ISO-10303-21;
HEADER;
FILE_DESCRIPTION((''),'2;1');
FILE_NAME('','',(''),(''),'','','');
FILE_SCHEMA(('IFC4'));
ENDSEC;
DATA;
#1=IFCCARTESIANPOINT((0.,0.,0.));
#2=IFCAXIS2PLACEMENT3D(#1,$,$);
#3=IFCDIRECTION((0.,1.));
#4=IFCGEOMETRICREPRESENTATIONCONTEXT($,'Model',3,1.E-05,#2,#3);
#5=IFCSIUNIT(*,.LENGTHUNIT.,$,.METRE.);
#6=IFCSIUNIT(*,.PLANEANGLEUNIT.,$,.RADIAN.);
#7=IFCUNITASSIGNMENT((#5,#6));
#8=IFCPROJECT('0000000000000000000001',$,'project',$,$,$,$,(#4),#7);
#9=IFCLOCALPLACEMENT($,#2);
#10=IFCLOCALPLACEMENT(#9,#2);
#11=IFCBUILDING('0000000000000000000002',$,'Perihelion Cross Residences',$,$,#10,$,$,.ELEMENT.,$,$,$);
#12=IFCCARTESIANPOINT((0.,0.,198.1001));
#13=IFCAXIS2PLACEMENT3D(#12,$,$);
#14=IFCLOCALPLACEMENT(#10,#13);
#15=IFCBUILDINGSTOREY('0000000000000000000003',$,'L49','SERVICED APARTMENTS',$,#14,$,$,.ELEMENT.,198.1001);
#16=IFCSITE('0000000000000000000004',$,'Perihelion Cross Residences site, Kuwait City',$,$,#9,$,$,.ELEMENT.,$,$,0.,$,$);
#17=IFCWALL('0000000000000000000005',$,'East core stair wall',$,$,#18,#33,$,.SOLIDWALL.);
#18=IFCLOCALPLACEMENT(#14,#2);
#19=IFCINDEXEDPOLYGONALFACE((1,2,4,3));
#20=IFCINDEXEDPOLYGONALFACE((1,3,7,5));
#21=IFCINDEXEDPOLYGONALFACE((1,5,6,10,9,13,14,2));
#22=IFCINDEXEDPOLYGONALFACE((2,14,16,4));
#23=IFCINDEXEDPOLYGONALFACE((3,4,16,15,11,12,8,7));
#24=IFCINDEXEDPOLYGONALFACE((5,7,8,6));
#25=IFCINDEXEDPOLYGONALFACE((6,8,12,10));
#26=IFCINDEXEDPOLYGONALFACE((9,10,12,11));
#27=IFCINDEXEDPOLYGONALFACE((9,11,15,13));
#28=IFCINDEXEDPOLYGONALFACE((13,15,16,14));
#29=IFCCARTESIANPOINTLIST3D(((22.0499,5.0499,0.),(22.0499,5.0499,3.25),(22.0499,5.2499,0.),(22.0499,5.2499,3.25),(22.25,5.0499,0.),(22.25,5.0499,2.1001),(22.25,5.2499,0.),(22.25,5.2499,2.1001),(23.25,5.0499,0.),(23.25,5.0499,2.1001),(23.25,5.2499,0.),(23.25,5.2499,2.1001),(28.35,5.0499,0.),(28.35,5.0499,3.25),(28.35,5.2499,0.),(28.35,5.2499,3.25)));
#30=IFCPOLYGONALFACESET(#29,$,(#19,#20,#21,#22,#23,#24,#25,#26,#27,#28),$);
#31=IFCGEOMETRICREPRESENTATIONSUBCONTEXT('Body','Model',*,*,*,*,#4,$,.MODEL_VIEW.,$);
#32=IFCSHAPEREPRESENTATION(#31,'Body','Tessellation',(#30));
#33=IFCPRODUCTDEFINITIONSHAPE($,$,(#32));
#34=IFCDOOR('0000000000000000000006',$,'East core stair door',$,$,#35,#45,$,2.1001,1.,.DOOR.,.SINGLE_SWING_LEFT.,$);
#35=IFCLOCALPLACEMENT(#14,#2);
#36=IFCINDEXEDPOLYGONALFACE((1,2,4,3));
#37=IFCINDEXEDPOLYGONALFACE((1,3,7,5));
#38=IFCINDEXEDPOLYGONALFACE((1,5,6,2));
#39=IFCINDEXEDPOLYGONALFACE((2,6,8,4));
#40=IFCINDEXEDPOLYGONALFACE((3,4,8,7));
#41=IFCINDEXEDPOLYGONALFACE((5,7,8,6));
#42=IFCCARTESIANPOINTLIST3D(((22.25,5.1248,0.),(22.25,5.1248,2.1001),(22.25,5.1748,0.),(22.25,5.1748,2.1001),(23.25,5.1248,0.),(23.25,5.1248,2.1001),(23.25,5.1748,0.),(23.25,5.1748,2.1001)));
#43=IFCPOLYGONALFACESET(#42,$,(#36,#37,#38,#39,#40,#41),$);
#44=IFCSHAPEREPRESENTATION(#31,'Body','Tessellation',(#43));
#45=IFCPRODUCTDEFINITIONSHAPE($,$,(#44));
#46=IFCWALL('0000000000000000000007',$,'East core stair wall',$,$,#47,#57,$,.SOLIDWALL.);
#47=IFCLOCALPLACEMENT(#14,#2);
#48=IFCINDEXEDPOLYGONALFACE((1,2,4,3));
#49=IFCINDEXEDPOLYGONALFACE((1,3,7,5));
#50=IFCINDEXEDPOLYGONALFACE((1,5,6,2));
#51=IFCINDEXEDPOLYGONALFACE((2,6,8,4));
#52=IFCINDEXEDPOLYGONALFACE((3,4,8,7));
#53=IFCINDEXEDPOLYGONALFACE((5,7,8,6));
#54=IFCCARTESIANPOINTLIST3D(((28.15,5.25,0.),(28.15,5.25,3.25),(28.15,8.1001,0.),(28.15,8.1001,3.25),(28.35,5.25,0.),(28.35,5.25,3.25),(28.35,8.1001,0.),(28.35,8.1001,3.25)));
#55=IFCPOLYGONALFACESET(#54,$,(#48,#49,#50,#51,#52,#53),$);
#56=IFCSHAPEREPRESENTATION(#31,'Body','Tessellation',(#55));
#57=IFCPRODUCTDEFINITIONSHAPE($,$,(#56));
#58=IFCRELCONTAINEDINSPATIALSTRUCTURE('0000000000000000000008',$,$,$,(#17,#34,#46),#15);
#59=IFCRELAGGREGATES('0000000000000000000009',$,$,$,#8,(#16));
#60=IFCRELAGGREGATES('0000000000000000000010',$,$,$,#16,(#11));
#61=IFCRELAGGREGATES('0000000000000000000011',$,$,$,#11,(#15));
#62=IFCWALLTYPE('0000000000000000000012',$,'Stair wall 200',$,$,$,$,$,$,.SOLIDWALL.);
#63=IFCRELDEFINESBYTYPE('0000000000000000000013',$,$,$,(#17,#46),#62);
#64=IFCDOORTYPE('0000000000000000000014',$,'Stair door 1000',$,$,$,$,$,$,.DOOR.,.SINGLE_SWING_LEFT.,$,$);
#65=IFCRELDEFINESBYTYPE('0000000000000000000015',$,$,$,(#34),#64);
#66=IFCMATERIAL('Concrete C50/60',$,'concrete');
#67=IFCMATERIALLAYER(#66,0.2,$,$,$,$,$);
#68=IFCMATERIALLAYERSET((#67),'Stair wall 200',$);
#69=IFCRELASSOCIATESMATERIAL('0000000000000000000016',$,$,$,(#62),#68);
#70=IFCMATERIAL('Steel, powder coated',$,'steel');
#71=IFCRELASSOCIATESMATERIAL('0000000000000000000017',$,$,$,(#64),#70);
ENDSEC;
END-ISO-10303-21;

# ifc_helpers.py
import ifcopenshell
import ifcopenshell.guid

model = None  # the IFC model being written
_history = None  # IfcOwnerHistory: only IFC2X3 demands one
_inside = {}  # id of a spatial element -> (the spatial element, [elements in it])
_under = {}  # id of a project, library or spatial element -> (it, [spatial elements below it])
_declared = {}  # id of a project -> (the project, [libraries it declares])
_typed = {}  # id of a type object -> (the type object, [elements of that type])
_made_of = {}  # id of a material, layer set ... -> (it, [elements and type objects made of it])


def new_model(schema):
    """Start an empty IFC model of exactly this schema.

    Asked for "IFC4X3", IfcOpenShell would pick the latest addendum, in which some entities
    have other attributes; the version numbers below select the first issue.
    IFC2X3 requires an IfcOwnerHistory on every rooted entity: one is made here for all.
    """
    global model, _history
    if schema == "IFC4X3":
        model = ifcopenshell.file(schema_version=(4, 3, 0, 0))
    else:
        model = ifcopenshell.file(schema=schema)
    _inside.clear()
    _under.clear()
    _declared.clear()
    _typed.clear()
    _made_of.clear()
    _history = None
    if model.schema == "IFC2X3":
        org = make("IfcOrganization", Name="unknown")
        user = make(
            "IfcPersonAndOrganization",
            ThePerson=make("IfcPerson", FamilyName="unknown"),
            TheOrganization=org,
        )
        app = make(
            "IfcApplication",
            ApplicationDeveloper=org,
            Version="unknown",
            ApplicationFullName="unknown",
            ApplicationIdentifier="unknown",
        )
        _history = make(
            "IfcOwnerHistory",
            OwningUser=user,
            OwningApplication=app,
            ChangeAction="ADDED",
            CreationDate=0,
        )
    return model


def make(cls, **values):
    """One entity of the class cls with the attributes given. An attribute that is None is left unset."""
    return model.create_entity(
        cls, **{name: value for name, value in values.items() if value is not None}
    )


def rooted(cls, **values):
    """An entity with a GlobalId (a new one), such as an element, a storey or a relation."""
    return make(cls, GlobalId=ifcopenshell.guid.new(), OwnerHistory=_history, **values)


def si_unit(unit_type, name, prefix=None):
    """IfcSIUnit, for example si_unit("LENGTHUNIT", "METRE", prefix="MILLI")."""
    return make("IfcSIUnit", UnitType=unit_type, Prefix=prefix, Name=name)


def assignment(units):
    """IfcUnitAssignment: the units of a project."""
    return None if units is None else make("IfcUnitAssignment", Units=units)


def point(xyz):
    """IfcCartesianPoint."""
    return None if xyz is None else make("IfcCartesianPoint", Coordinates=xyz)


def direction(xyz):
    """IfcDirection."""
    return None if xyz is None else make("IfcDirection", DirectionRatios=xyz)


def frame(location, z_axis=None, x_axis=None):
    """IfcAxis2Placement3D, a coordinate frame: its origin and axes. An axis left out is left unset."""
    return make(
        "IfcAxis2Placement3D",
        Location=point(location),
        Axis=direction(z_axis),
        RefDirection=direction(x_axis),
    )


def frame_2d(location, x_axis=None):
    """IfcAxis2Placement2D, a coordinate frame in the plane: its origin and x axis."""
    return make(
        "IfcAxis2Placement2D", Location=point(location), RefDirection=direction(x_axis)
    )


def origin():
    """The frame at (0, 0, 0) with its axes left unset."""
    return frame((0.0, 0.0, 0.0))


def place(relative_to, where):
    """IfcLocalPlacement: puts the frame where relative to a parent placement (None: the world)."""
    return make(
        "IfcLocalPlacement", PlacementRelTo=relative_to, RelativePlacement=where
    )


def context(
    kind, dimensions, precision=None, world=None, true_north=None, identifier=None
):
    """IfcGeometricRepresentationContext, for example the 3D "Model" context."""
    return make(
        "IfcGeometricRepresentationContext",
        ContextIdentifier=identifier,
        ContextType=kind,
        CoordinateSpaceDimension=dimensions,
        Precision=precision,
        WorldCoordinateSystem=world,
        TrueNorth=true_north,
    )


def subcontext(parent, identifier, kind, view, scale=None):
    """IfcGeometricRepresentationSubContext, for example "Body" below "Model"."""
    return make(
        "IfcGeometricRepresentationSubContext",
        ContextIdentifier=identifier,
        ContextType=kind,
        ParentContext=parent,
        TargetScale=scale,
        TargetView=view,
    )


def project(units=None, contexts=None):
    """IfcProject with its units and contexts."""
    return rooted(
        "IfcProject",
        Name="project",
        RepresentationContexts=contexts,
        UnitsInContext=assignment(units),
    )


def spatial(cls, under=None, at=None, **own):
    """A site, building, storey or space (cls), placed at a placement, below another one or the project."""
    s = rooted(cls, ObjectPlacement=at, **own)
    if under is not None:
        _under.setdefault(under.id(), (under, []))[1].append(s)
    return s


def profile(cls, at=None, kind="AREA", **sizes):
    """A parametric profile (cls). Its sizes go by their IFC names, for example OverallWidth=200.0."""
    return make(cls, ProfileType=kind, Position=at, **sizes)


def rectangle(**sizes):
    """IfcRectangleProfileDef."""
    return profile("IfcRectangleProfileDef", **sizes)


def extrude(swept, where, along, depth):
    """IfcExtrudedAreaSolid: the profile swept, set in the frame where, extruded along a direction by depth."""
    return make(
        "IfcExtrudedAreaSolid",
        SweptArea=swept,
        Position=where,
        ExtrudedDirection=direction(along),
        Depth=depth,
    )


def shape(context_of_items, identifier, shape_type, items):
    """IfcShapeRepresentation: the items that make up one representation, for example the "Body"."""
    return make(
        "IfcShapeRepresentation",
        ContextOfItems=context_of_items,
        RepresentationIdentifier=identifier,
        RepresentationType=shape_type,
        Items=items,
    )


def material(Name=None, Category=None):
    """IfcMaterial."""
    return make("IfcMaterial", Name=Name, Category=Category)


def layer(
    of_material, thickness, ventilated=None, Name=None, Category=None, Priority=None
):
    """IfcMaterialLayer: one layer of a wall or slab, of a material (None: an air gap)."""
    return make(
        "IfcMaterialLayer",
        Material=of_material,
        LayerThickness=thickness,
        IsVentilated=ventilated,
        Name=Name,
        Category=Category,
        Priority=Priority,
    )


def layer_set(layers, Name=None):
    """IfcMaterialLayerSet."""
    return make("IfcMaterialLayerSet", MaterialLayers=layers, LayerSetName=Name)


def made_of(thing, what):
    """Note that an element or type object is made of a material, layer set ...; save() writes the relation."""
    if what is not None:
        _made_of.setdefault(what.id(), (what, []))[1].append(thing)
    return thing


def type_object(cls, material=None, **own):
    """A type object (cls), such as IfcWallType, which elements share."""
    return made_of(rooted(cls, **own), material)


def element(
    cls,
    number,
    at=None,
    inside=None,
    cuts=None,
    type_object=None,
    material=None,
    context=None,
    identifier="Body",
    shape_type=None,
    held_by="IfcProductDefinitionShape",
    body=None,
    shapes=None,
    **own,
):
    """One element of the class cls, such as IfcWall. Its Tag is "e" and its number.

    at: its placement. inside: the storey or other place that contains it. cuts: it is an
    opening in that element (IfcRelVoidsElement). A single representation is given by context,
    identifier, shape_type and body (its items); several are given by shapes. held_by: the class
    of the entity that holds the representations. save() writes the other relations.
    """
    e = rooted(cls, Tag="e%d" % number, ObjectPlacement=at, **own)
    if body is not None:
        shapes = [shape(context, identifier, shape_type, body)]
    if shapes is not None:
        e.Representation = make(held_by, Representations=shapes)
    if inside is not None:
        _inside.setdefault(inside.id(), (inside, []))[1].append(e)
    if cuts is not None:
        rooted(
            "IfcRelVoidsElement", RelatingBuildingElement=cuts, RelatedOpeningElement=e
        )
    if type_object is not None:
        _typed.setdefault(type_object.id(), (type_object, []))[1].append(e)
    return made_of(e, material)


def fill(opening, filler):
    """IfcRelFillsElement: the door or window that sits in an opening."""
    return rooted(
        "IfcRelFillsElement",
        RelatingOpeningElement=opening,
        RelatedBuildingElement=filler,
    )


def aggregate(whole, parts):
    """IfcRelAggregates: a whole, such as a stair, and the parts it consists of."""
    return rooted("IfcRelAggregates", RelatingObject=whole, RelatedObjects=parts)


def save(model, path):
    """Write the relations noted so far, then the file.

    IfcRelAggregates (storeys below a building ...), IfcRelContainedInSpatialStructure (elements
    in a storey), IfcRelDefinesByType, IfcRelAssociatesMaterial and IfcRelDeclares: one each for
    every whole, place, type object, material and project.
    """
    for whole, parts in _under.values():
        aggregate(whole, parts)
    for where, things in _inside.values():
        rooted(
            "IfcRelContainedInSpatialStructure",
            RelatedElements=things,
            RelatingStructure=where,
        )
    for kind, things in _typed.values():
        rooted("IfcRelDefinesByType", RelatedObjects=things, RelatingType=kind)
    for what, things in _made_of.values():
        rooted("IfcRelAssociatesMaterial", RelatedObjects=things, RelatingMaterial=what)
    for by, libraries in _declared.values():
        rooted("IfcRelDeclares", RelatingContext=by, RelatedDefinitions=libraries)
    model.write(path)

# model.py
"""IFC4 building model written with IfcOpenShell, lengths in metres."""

from ifc_helpers import new_model, si_unit, direction, frame, frame_2d, origin, place, context, subcontext, project, spatial, rectangle, extrude, material, layer, layer_set, type_object, element, fill, save


model = new_model("IFC4")

# Units and contexts
model_context = context("Model", 3, precision=1e-05, world=origin(), true_north=direction((0.0, 1.0)))
body_context = subcontext(model_context, "Body", "Model", "MODEL_VIEW")
ifc_project = project(units=[si_unit("LENGTHUNIT", "METRE"), si_unit("PLANEANGLEUNIT", "RADIAN")], contexts=[model_context])

# Site, building, storey
site_placement = place(None, origin())
site = spatial("IfcSite", under=ifc_project, at=site_placement, Name="Perihelion Cross Residences site, Kuwait City", CompositionType="ELEMENT", RefElevation=0.0)
building_placement = place(site_placement, origin())
building = spatial("IfcBuilding", under=site, at=building_placement, Name="Perihelion Cross Residences", CompositionType="ELEMENT")
storey_placement = place(building_placement, frame((0.0, 0.0, 198.1001)))
storey = spatial("IfcBuildingStorey", under=building, at=storey_placement, Name="L49", Description="SERVICED APARTMENTS", CompositionType="ELEMENT", Elevation=198.1001)

# Wall, opening, door
ifc_material_1 = material(Name="Concrete C50/60", Category="concrete")
ifc_layer_1 = layer(ifc_material_1, 0.2)
ifc_layer_set_1 = layer_set([ifc_layer_1], Name="Stair wall 200")
wall_type_1 = type_object("IfcWallType", Name="Stair wall 200", PredefinedType="SOLIDWALL", material=ifc_layer_set_1)
wall_1_placement = place(storey_placement, frame((22.05, 5.1499, 0.0), z_axis=(0.0, 0.0, 1.0), x_axis=(1.0, 0.0, 0.0)))
wall_1 = element("IfcWall", 1, at=wall_1_placement, inside=storey, type_object=wall_type_1, Name="East core stair wall", PredefinedType="SOLIDWALL", context=body_context, shape_type="SweptSolid", body=[
    extrude(rectangle(XDim=6.3, YDim=0.2, at=frame_2d((3.1499, 0.0))), origin(), (0.0, 0.0, 1.0), 3.25),
])
opening_1_placement = place(wall_1_placement, frame((0.2, 0.0, 0.0)))
opening_1 = element("IfcOpeningElement", 2, at=opening_1_placement, cuts=wall_1, PredefinedType="OPENING", context=body_context, shape_type="SweptSolid", body=[
    extrude(rectangle(XDim=1.0, YDim=2.1001, at=frame_2d((0.5, 1.05))), frame((0.0, 0.1099, 0.0), z_axis=(0.0, -1.0, 0.0), x_axis=(1.0, 0.0, 0.0)), (0.0, 0.0, 1.0), 0.22),
])
ifc_material_2 = material(Name="Steel, powder coated", Category="steel")
door_type_1 = type_object("IfcDoorType", Name="Stair door 1000", OperationType="SINGLE_SWING_LEFT", PredefinedType="DOOR", material=ifc_material_2)
door_1_placement = place(opening_1_placement, origin())
door_1 = element("IfcDoor", 3, at=door_1_placement, inside=storey, type_object=door_type_1, Name="East core stair door", OperationType="SINGLE_SWING_LEFT", OverallHeight=2.1001, OverallWidth=1.0, PredefinedType="DOOR", context=body_context, shape_type="SweptSolid", body=[
    extrude(rectangle(XDim=1.0, YDim=2.1001, at=frame_2d((0.5, 1.05))), frame((0.0, 0.0249, 0.0), z_axis=(0.0, -1.0, 0.0), x_axis=(1.0, 0.0, 0.0)), (0.0, 0.0, 1.0), 0.05),
])
fill(opening_1, door_1)

# Wall
wall_2_placement = place(storey_placement, frame((28.25, 5.25, 0.0), z_axis=(0.0, 0.0, 1.0), x_axis=(0.0, 1.0, 0.0)))
element("IfcWall", 4, at=wall_2_placement, inside=storey, type_object=wall_type_1, Name="East core stair wall", PredefinedType="SOLIDWALL", context=body_context, shape_type="SweptSolid", body=[
    extrude(rectangle(XDim=2.8501, YDim=0.2, at=frame_2d((1.425, 0.0))), origin(), (0.0, 0.0, 1.0), 3.25),
])

save(model, "model.ifc")
